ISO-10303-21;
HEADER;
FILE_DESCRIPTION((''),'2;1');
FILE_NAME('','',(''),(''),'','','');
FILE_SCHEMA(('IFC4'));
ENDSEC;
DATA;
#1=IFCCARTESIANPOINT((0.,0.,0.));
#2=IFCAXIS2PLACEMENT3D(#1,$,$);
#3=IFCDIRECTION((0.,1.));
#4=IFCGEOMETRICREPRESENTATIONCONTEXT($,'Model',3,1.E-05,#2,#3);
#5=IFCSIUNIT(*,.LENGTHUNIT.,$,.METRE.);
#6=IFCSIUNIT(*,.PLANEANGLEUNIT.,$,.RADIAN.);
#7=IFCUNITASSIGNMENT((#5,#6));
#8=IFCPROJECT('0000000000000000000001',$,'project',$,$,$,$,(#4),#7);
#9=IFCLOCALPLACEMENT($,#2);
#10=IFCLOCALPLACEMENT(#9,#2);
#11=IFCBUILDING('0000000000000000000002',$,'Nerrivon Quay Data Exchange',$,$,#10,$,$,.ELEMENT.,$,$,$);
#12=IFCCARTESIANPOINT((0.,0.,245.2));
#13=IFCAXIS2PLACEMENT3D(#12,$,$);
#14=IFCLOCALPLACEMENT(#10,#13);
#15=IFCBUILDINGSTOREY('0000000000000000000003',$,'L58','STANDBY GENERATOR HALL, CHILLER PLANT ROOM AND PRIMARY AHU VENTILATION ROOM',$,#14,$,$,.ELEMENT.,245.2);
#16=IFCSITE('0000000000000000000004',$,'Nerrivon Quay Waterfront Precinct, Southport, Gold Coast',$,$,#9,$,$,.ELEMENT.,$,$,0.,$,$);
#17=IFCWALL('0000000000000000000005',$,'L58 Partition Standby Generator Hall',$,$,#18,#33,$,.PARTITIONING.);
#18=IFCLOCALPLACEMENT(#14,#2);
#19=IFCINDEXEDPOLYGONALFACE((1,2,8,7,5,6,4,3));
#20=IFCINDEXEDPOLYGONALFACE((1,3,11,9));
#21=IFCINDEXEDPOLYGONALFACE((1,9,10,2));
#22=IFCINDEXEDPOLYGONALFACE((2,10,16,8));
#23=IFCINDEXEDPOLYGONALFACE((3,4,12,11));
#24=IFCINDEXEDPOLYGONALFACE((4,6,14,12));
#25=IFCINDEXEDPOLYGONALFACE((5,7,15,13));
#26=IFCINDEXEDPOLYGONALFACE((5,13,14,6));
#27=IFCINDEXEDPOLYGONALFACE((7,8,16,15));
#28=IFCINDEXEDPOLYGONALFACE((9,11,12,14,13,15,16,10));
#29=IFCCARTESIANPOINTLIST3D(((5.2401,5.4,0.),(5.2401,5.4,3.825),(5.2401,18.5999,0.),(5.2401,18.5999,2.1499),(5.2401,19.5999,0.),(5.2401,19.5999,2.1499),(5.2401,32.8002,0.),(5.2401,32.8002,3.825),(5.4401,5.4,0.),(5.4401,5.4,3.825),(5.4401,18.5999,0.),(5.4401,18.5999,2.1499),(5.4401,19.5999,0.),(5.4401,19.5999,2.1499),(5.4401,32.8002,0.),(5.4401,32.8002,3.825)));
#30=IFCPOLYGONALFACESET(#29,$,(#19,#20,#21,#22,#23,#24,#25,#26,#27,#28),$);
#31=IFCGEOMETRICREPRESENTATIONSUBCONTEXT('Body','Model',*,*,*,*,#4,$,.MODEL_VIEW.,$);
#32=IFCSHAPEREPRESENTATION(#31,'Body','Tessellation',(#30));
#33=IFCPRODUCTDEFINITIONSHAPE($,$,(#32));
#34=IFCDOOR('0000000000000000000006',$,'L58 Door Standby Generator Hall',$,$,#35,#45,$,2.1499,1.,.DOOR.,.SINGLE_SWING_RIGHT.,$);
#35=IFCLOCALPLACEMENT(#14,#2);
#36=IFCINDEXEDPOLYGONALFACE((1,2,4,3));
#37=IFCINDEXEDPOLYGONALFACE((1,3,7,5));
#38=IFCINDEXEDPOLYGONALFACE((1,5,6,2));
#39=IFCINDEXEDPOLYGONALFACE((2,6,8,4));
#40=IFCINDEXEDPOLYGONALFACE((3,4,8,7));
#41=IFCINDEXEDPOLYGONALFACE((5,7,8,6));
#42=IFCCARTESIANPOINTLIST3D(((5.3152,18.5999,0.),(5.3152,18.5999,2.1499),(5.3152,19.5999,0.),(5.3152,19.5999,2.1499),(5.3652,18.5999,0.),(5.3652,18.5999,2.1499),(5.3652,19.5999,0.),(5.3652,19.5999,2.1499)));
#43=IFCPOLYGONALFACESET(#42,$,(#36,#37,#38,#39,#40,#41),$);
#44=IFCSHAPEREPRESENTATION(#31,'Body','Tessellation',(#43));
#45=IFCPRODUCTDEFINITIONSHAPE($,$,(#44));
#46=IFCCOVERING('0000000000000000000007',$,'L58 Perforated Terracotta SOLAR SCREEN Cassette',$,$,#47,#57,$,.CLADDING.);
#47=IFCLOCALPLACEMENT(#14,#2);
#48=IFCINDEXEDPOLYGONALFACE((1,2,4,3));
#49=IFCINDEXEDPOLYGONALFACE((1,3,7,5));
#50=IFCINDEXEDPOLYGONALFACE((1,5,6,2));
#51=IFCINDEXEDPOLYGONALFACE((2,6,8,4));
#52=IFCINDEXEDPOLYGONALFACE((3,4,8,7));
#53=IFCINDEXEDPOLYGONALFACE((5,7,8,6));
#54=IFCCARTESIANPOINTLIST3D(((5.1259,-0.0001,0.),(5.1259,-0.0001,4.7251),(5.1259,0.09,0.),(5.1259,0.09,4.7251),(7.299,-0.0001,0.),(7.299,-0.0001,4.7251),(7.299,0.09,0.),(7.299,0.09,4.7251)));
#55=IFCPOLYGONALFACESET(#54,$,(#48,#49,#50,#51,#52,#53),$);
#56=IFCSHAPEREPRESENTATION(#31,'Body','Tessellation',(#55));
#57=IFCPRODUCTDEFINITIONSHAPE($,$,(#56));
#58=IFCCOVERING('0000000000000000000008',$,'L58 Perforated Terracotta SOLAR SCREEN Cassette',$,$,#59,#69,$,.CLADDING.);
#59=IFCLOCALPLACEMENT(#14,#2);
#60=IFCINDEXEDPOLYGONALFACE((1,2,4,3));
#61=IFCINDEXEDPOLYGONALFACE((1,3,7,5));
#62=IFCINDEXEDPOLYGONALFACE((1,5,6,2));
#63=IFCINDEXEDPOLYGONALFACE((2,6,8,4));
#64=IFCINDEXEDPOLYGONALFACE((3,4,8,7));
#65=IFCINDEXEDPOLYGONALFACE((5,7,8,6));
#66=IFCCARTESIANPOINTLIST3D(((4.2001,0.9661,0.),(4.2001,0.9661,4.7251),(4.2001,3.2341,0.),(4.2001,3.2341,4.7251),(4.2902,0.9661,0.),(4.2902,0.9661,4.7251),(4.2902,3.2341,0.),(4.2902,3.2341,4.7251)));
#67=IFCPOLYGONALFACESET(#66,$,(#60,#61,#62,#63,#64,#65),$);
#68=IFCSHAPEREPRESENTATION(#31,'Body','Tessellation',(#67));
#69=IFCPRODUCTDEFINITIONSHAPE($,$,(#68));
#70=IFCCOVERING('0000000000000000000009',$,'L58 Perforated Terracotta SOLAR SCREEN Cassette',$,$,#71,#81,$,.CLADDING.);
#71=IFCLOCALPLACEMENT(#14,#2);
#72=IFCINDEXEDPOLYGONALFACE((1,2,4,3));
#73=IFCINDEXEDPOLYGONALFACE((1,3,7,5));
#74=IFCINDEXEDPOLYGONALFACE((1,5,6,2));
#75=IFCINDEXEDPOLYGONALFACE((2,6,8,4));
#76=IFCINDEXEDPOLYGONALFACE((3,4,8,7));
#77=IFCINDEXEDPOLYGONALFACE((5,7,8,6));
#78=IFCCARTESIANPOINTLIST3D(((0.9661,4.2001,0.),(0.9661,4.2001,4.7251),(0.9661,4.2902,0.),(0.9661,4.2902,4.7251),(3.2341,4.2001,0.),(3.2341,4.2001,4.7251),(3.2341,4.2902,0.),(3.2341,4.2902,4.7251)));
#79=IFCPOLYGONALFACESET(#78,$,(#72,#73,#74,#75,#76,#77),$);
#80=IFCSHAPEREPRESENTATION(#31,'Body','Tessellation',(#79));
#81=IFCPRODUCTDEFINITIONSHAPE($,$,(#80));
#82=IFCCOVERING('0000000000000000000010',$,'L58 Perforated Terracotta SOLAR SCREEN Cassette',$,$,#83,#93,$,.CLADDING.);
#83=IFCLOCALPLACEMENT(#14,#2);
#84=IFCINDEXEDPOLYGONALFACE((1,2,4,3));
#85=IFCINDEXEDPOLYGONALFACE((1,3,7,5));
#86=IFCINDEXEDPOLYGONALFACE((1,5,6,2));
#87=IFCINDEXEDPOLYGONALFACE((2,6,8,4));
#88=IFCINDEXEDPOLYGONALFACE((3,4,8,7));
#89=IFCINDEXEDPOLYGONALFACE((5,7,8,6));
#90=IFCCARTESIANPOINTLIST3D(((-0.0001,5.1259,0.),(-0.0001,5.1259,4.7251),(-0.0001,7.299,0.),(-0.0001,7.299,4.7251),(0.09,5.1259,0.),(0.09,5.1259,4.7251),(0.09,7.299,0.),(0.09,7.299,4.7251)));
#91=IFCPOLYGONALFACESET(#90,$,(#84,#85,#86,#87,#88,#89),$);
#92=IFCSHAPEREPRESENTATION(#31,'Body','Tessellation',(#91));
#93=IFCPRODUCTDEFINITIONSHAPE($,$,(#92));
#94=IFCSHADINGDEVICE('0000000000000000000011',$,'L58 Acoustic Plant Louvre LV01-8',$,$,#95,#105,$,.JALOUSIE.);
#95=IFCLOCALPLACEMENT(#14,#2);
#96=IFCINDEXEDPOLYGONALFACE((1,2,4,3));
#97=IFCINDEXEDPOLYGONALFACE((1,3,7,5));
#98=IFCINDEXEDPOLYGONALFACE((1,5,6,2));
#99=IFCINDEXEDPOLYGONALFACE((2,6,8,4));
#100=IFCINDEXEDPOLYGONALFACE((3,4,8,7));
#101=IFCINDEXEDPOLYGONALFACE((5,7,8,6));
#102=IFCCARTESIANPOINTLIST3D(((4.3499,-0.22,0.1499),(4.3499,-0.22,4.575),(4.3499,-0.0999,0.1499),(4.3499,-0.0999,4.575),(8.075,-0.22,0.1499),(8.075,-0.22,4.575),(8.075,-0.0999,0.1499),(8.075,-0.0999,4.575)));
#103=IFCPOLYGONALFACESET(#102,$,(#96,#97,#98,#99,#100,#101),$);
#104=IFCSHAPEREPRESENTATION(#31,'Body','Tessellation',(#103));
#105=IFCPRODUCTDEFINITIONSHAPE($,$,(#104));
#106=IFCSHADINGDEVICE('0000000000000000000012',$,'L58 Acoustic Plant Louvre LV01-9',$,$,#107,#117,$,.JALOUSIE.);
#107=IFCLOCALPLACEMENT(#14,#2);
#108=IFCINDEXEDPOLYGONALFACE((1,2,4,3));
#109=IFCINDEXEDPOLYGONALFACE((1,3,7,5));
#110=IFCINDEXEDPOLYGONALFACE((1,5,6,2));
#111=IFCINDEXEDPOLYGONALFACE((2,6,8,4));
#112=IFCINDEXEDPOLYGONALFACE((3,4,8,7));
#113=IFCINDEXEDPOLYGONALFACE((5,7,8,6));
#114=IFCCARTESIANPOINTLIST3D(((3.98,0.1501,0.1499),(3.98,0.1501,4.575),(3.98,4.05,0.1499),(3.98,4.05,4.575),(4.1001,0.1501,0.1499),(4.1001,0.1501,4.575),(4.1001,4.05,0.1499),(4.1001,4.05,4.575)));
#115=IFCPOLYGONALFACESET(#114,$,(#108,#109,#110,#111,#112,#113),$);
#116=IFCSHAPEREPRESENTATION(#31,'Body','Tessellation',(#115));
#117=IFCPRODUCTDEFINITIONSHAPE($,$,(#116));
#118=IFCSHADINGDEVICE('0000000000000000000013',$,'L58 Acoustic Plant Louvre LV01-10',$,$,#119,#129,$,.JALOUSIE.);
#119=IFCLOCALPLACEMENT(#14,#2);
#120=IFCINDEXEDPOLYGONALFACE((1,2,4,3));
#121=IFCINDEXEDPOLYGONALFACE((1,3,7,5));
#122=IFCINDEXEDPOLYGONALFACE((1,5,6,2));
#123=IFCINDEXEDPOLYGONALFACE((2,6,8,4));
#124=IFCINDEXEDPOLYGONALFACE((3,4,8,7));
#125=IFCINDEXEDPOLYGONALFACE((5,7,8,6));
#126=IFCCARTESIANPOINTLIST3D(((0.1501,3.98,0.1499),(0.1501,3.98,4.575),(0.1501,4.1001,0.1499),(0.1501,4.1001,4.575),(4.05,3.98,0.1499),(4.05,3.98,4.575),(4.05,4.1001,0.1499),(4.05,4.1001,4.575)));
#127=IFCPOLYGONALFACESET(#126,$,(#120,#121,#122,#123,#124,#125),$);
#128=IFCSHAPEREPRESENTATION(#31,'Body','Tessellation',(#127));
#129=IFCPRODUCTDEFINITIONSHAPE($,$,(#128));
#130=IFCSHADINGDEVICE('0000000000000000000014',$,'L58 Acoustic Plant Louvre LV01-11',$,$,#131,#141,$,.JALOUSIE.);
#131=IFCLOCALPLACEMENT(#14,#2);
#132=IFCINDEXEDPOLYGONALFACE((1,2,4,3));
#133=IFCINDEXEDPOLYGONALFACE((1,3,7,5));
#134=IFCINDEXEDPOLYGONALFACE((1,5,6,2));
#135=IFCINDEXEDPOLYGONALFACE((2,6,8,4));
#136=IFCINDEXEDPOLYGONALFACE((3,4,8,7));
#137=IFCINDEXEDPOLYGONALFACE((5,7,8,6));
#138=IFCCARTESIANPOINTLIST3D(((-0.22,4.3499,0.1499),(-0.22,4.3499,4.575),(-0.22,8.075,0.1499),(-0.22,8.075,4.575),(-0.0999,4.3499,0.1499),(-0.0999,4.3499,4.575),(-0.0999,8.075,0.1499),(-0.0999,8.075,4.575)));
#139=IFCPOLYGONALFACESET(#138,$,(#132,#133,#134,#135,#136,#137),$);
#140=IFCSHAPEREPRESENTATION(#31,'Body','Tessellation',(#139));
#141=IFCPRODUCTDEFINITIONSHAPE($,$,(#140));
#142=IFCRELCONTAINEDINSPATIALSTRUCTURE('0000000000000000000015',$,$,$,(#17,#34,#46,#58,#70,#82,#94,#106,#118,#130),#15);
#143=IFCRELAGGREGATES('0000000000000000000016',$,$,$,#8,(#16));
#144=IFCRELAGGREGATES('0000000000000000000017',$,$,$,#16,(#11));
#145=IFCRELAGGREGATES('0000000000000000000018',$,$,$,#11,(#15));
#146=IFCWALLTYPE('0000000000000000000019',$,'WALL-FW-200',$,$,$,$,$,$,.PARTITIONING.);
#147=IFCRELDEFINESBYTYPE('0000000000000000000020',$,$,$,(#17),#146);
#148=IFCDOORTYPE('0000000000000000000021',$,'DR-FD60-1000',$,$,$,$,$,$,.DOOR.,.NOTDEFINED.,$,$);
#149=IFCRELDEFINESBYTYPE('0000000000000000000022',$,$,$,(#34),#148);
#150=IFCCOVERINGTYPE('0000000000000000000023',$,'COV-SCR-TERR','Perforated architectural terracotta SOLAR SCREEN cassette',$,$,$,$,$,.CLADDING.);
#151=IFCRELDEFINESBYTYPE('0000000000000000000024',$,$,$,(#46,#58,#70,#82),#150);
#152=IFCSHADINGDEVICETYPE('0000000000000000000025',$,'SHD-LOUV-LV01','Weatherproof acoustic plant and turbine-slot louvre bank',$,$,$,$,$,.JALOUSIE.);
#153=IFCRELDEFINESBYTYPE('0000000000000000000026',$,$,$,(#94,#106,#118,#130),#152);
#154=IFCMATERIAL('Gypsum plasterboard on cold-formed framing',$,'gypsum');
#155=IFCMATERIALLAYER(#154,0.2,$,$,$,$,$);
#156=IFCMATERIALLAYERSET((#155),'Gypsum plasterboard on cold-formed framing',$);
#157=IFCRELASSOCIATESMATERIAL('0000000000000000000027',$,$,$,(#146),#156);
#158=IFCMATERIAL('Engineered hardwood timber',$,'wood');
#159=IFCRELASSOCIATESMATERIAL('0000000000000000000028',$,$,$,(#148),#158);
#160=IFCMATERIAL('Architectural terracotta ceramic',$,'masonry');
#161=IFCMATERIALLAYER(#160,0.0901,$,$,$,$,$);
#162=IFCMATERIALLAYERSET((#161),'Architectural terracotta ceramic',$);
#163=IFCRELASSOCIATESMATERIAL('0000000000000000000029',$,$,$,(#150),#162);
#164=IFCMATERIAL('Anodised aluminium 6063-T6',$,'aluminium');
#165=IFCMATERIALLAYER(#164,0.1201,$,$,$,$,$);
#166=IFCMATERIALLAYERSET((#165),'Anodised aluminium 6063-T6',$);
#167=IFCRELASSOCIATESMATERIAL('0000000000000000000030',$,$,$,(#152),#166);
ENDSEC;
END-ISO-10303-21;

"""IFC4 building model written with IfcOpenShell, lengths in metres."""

from ifc_helpers import new_model, si_unit, direction, frame, frame_2d, origin, origin_2d, place, context, subcontext, project, spatial, rectangle, extrude, material, layer, layer_set, type_object, element, fill, save


model = new_model("IFC4")

# Units and contexts
model_context = context("Model", 3, precision=1e-05, world=origin(), true_north=direction((0.0, 1.0)))
body_context = subcontext(model_context, "Body", "Model", "MODEL_VIEW")
ifc_project = project(units=[si_unit("LENGTHUNIT", "METRE"), si_unit("PLANEANGLEUNIT", "RADIAN")], contexts=[model_context])

# Site, building, storey
site_placement = place(None, origin())
site = spatial("IfcSite", under=ifc_project, at=site_placement, Name="Nerrivon Quay Waterfront Precinct, Southport, Gold Coast", CompositionType="ELEMENT", RefElevation=0.0)
building_placement = place(site_placement, origin())
building = spatial("IfcBuilding", under=site, at=building_placement, Name="Nerrivon Quay Data Exchange", CompositionType="ELEMENT")
storey_placement = place(building_placement, frame((0.0, 0.0, 245.2)))
storey = spatial("IfcBuildingStorey", under=building, at=storey_placement, Name="L58", Description="STANDBY GENERATOR HALL, CHILLER PLANT ROOM AND PRIMARY AHU VENTILATION ROOM", CompositionType="ELEMENT", Elevation=245.2)

# Wall, opening, door
ifc_material_1 = material(Name="Gypsum plasterboard on cold-formed framing", Category="gypsum")
ifc_layer_1 = layer(ifc_material_1, 0.2)
ifc_layer_set_1 = layer_set([ifc_layer_1], Name="Gypsum plasterboard on cold-formed framing")
wall_type_1 = type_object("IfcWallType", Name="WALL-FW-200", PredefinedType="PARTITIONING", material=ifc_layer_set_1)
wall_1_placement = place(storey_placement, frame((5.3401, 5.3999, 0.0), z_axis=(0.0, 0.0, 1.0), x_axis=(0.0, 1.0, 0.0)))
wall_1 = element("IfcWall", 1, at=wall_1_placement, inside=storey, type_object=wall_type_1, Name="L58 Partition Standby Generator Hall", PredefinedType="PARTITIONING", context=body_context, shape_type="SweptSolid", body=[
    extrude(rectangle(XDim=27.4001, YDim=0.2, at=frame_2d((13.7002, 0.0))), origin(), (0.0, 0.0, 1.0), 3.825),
])
opening_placement = place(wall_1_placement, frame((13.2, 0.0, 0.0)))
opening = element("IfcOpeningElement", 2, at=opening_placement, cuts=wall_1, PredefinedType="OPENING", context=body_context, shape_type="SweptSolid", body=[
    extrude(rectangle(XDim=1.0, YDim=2.1499, at=frame_2d((0.5, 1.075))), frame((0.0, 0.1099, 0.0), z_axis=(0.0, -1.0, 0.0), x_axis=(1.0, 0.0, 0.0)), (0.0, 0.0, 1.0), 0.22),
])
ifc_material_2 = material(Name="Engineered hardwood timber", Category="wood")
door_type = type_object("IfcDoorType", Name="DR-FD60-1000", OperationType="NOTDEFINED", PredefinedType="DOOR", material=ifc_material_2)
door_placement = place(opening_placement, origin())
door = element("IfcDoor", 3, at=door_placement, inside=storey, type_object=door_type, Name="L58 Door Standby Generator Hall", OperationType="SINGLE_SWING_RIGHT", OverallHeight=2.1499, OverallWidth=1.0, PredefinedType="DOOR", context=body_context, shape_type="SweptSolid", body=[
    extrude(rectangle(XDim=1.0, YDim=2.1499, at=frame_2d((0.5, 1.075))), frame((0.0, 0.0249, 0.0), z_axis=(0.0, -1.0, 0.0), x_axis=(1.0, 0.0, 0.0)), (0.0, 0.0, 1.0), 0.05),
])
fill(opening, door)

# Coverings
ifc_material_3 = material(Name="Architectural terracotta ceramic", Category="masonry")
ifc_layer_2 = layer(ifc_material_3, 0.0901)
ifc_layer_set_2 = layer_set([ifc_layer_2], Name="Architectural terracotta ceramic")
covering_type = type_object("IfcCoveringType", Name="COV-SCR-TERR", Description="Perforated architectural terracotta SOLAR SCREEN cassette", PredefinedType="CLADDING", material=ifc_layer_set_2)
covering_1_placement = place(storey_placement, frame((6.2124, 0.0449, 0.0), z_axis=(0.0, 0.0, 1.0), x_axis=(-1.0, 0.0, 0.0)))
element("IfcCovering", 4, at=covering_1_placement, inside=storey, type_object=covering_type, Name="L58 Perforated Terracotta SOLAR SCREEN Cassette", PredefinedType="CLADDING", context=body_context, shape_type="SweptSolid", body=[
    extrude(rectangle(XDim=2.1731, YDim=0.0901, at=origin_2d()), origin(), (0.0, 0.0, 1.0), 4.7251),
])
for number, where, z_axis, x_axis, name in (
    (5, (4.2451, 2.1001, 0.0), (0.0, 0.0, 1.0), (0.0, 1.0, 0.0), "L58 Perforated Terracotta SOLAR SCREEN Cassette"),
    (6, (2.1001, 4.2451, 0.0), (0.0, 0.0, 1.0), (-1.0, 0.0, 0.0), "L58 Perforated Terracotta SOLAR SCREEN Cassette"),
):
    element("IfcCovering", number, at=place(storey_placement, frame(where, z_axis=z_axis, x_axis=x_axis)), inside=storey, type_object=covering_type, Name=name, PredefinedType="CLADDING", context=body_context, shape_type="SweptSolid", body=[
        extrude(rectangle(XDim=2.2681, YDim=0.0901, at=origin_2d()), origin(), (0.0, 0.0, 1.0), 4.7251),
    ])
covering_2_placement = place(storey_placement, frame((0.0449, 6.2124, 0.0), z_axis=(0.0, 0.0, 1.0), x_axis=(0.0, 1.0, 0.0)))
element("IfcCovering", 7, at=covering_2_placement, inside=storey, type_object=covering_type, Name="L58 Perforated Terracotta SOLAR SCREEN Cassette", PredefinedType="CLADDING", context=body_context, shape_type="SweptSolid", body=[
    extrude(rectangle(XDim=2.1731, YDim=0.0901, at=origin_2d()), origin(), (0.0, 0.0, 1.0), 4.7251),
])

# Shading devices
ifc_material_4 = material(Name="Anodised aluminium 6063-T6", Category="aluminium")
ifc_layer_3 = layer(ifc_material_4, 0.1201)
ifc_layer_set_3 = layer_set([ifc_layer_3], Name="Anodised aluminium 6063-T6")
shading_device_type = type_object("IfcShadingDeviceType", Name="SHD-LOUV-LV01", Description="Weatherproof acoustic plant and turbine-slot louvre bank", PredefinedType="JALOUSIE", material=ifc_layer_set_3)
shading_device_1_placement = place(storey_placement, frame((6.2124, -0.1599, 0.1499), z_axis=(0.0, 0.0, 1.0), x_axis=(-1.0, 0.0, 0.0)))
element("IfcShadingDevice", 8, at=shading_device_1_placement, inside=storey, type_object=shading_device_type, Name="L58 Acoustic Plant Louvre LV01-8", PredefinedType="JALOUSIE", context=body_context, shape_type="SweptSolid", body=[
    extrude(rectangle(XDim=3.7251, YDim=0.1201, at=origin_2d()), origin(), (0.0, 0.0, 1.0), 4.425),
])
for number, where, z_axis, x_axis, name in (
    (9, (4.04, 2.1001, 0.1499), (0.0, 0.0, 1.0), (0.0, 1.0, 0.0), "L58 Acoustic Plant Louvre LV01-9"),
    (10, (2.1001, 4.04, 0.1499), (0.0, 0.0, 1.0), (-1.0, 0.0, 0.0), "L58 Acoustic Plant Louvre LV01-10"),
):
    element("IfcShadingDevice", number, at=place(storey_placement, frame(where, z_axis=z_axis, x_axis=x_axis)), inside=storey, type_object=shading_device_type, Name=name, PredefinedType="JALOUSIE", context=body_context, shape_type="SweptSolid", body=[
        extrude(rectangle(XDim=3.8999, YDim=0.1201, at=origin_2d()), origin(), (0.0, 0.0, 1.0), 4.425),
    ])
shading_device_2_placement = place(storey_placement, frame((-0.1599, 6.2124, 0.1499), z_axis=(0.0, 0.0, 1.0), x_axis=(0.0, 1.0, 0.0)))
element("IfcShadingDevice", 11, at=shading_device_2_placement, inside=storey, type_object=shading_device_type, Name="L58 Acoustic Plant Louvre LV01-11", PredefinedType="JALOUSIE", context=body_context, shape_type="SweptSolid", body=[
    extrude(rectangle(XDim=3.7251, YDim=0.1201, at=origin_2d()), origin(), (0.0, 0.0, 1.0), 4.425),
])

save(model, "model.ifc")
